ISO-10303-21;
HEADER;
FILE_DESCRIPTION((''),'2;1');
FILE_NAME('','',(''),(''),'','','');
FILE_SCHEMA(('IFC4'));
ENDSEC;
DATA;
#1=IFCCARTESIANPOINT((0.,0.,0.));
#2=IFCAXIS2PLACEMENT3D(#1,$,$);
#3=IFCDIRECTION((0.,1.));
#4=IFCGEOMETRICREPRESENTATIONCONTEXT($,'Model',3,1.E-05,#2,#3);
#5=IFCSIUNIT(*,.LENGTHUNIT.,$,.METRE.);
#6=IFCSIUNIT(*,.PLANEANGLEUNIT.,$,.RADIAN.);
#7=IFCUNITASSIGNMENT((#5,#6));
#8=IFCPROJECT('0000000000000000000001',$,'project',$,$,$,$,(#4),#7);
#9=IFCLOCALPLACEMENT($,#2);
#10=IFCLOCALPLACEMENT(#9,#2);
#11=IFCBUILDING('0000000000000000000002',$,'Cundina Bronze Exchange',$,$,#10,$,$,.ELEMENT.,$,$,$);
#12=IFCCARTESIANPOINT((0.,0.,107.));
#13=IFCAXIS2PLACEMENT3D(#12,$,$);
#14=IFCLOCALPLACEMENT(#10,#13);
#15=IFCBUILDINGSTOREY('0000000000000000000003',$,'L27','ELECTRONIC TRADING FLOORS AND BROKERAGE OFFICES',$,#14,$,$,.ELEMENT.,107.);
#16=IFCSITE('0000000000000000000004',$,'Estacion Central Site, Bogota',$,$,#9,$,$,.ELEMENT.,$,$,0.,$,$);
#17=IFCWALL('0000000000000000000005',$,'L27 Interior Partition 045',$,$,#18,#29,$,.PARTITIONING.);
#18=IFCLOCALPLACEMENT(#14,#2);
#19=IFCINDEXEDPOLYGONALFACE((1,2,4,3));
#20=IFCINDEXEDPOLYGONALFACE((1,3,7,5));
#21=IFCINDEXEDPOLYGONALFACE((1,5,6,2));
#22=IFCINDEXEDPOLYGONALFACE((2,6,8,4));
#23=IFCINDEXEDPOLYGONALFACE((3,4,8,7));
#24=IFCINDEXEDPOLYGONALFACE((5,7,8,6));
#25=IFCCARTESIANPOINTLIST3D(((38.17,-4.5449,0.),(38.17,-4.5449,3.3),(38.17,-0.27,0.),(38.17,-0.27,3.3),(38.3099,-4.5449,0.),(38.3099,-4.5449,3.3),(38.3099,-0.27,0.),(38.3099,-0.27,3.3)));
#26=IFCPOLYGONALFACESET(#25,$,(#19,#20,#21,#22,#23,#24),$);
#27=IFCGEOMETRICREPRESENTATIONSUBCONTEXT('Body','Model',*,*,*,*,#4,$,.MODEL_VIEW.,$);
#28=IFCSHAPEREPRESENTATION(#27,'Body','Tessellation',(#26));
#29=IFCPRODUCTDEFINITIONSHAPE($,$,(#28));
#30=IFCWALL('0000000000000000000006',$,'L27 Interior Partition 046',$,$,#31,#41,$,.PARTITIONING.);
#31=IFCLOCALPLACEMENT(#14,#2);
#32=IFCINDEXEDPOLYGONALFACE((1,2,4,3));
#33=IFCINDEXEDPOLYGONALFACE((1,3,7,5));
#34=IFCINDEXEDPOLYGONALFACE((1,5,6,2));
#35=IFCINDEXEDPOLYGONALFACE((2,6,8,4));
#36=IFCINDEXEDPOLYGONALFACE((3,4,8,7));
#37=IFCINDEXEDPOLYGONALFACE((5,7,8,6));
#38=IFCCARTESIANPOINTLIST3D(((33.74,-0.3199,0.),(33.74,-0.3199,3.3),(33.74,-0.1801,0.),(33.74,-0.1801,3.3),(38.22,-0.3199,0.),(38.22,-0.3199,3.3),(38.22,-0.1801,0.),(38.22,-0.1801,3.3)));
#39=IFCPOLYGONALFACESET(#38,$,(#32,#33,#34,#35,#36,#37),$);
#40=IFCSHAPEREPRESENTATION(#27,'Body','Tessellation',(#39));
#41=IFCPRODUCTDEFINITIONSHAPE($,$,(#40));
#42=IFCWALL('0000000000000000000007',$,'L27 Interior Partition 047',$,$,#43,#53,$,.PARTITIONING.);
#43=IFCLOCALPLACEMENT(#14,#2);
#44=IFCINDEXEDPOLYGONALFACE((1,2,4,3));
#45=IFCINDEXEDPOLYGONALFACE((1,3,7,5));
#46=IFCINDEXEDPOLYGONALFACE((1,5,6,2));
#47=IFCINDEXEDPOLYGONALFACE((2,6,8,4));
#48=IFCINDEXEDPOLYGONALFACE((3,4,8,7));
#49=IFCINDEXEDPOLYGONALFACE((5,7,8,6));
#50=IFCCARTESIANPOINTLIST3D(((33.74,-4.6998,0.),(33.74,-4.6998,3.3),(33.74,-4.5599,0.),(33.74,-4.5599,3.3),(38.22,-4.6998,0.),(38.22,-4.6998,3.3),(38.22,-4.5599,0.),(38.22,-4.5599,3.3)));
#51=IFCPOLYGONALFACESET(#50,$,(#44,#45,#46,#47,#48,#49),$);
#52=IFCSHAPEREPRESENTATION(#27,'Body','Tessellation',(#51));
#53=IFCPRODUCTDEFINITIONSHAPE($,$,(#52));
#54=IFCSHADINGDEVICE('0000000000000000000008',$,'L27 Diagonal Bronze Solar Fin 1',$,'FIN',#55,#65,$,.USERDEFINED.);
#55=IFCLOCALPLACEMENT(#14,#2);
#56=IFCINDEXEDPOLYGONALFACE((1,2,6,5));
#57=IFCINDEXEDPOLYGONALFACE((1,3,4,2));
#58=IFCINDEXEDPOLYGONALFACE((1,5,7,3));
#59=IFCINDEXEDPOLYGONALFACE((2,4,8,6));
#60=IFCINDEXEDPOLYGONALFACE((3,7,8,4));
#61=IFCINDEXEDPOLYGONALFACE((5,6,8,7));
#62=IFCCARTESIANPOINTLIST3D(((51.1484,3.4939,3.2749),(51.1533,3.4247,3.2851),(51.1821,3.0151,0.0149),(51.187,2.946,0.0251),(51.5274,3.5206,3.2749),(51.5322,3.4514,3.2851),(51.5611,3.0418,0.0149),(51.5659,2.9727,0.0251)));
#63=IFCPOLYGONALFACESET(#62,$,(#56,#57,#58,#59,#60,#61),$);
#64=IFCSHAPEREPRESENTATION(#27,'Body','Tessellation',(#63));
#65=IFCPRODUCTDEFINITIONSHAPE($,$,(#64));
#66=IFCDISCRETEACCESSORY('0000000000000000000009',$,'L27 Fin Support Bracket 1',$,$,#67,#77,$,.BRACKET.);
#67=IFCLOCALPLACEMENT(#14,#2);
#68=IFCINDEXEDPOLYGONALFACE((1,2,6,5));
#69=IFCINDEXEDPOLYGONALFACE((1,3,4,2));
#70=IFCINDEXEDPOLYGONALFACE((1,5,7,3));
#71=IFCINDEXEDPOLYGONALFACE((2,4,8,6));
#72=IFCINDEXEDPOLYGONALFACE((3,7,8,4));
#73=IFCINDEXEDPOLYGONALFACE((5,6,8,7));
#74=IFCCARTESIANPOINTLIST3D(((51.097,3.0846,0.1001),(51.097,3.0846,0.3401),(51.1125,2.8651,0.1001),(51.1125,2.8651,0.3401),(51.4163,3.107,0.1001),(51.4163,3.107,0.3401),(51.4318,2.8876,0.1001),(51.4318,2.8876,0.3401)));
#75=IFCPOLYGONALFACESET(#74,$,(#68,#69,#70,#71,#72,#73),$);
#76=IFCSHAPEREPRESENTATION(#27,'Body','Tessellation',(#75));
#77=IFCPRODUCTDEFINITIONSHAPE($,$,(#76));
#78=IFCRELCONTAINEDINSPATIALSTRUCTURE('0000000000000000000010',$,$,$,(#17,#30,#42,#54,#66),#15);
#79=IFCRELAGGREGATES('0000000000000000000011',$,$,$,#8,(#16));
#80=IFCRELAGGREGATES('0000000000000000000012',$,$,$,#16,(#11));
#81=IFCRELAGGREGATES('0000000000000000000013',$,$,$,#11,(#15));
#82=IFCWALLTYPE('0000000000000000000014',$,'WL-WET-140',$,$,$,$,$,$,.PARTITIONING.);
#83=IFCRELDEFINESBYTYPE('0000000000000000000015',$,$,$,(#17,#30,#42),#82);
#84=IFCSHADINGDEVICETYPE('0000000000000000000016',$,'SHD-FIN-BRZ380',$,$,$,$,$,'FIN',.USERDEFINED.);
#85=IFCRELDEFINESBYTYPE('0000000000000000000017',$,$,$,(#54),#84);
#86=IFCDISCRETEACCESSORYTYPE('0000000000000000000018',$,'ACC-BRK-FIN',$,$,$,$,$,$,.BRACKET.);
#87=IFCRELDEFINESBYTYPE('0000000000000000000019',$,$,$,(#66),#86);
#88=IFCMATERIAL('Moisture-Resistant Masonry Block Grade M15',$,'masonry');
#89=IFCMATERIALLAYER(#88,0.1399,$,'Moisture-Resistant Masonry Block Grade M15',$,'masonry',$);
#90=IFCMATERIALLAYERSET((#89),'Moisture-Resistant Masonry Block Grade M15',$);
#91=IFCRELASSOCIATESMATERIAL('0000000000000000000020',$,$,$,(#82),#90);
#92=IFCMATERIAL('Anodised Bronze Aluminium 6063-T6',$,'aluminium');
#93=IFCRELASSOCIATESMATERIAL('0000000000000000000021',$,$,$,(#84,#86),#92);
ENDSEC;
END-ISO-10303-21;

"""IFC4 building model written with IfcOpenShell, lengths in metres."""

from ifc_helpers import new_model, si_unit, direction, frame, frame_2d, origin, origin_2d, place, context, subcontext, project, spatial, rectangle, extrude, material, layer, layer_set, material_profile, profile_set, type_object, element, save


model = new_model("IFC4")

# Units and contexts
model_context = context("Model", 3, precision=1e-05, world=origin(), true_north=direction((0.0, 1.0)))
body_context = subcontext(model_context, "Body", "Model", "MODEL_VIEW")
ifc_project = project(units=[si_unit("LENGTHUNIT", "METRE"), si_unit("PLANEANGLEUNIT", "RADIAN")], contexts=[model_context])

# Site, building, storey
site_placement = place(None, origin())
site = spatial("IfcSite", under=ifc_project, at=site_placement, Name="Estacion Central Site, Bogota", CompositionType="ELEMENT", RefElevation=0.0)
building_placement = place(site_placement, origin())
building = spatial("IfcBuilding", under=site, at=building_placement, Name="Cundina Bronze Exchange", CompositionType="ELEMENT")
storey_placement = place(building_placement, frame((0.0, 0.0, 107.0)))
storey = spatial("IfcBuildingStorey", under=building, at=storey_placement, Name="L27", Description="ELECTRONIC TRADING FLOORS AND BROKERAGE OFFICES", CompositionType="ELEMENT", Elevation=107.0)

# Shared definitions
ifc_material_1 = material(Name="Anodised Bronze Aluminium 6063-T6", Category="aluminium")

# Walls
ifc_material_2 = material(Name="Moisture-Resistant Masonry Block Grade M15", Category="masonry")
ifc_layer_1 = layer(ifc_material_2, 0.1399, Name="Moisture-Resistant Masonry Block Grade M15", Category="masonry")
ifc_layer_set_1 = layer_set([ifc_layer_1], Name="Moisture-Resistant Masonry Block Grade M15")
wall_type_1 = type_object("IfcWallType", Name="WL-WET-140", PredefinedType="PARTITIONING", material=ifc_layer_set_1)
wall_1_placement = place(storey_placement, frame((38.24, -4.5449, 0.0), z_axis=(0.0, 0.0, 1.0), x_axis=(0.0, 1.0, 0.0)))
element("IfcWall", 1, at=wall_1_placement, inside=storey, type_object=wall_type_1, Name="L27 Interior Partition 045", PredefinedType="PARTITIONING", context=body_context, shape_type="SweptSolid", body=[
    extrude(rectangle(XDim=4.2749, YDim=0.1399, at=frame_2d((2.1375, 0.0))), origin(), (0.0, 0.0, 1.0), 3.3),
])
for number, where, z_axis, x_axis, name in (
    (2, (33.74, -0.25, 0.0), (0.0, 0.0, 1.0), (1.0, 0.0, 0.0), "L27 Interior Partition 046"),
    (3, (33.74, -4.6299, 0.0), (0.0, 0.0, 1.0), (1.0, 0.0, 0.0), "L27 Interior Partition 047"),
):
    element("IfcWall", number, at=place(storey_placement, frame(where, z_axis=z_axis, x_axis=x_axis)), inside=storey, type_object=wall_type_1, Name=name, PredefinedType="PARTITIONING", context=body_context, shape_type="SweptSolid", body=[
        extrude(rectangle(XDim=4.48, YDim=0.1399, at=frame_2d((2.24, 0.0))), origin(), (0.0, 0.0, 1.0), 3.3),
    ])

# Shading device
ifc_material_profile_1 = material_profile(ifc_material_1, rectangle(XDim=0.0701, YDim=0.3799, at=origin_2d()), Name="FIN70X380", Category="aluminium")
ifc_profile_set_1 = profile_set([ifc_material_profile_1], Name="Anodised Bronze Aluminium 6063-T6")
shading_device_type = type_object("IfcShadingDeviceType", Name="SHD-FIN-BRZ380", ElementType="FIN", PredefinedType="USERDEFINED", material=ifc_profile_set_1)
shading_device_placement = place(storey_placement, frame((51.374, 2.9939, 0.02), z_axis=(-0.010225, 0.145292, 0.989336), x_axis=(0.06945, -0.986895, 0.145652)))
element("IfcShadingDevice", 4, at=shading_device_placement, inside=storey, type_object=shading_device_type, Name="L27 Diagonal Bronze Solar Fin 1", ObjectType="FIN", PredefinedType="USERDEFINED", context=body_context, shape_type="SweptSolid", body=[
    extrude(rectangle(XDim=0.0701, YDim=0.3799, at=origin_2d()), origin(), (0.0, 0.0, 1.0), 3.2952),
])

# Discrete accessory
discrete_accessory_type = type_object("IfcDiscreteAccessoryType", Name="ACC-BRK-FIN", PredefinedType="BRACKET", material=ifc_material_1)
discrete_accessory_placement = place(storey_placement, frame((51.2644, 2.9861, 0.1001), z_axis=(0.0, 0.0, 1.0), x_axis=(-0.070279, 0.997527, 0.0)))
element("IfcDiscreteAccessory", 5, at=discrete_accessory_placement, inside=storey, type_object=discrete_accessory_type, Name="L27 Fin Support Bracket 1", PredefinedType="BRACKET", context=body_context, shape_type="SweptSolid", body=[
    extrude(rectangle(XDim=0.22, YDim=0.3201, at=origin_2d()), origin(), (0.0, 0.0, 1.0), 0.24),
])

save(model, "model.ifc")
